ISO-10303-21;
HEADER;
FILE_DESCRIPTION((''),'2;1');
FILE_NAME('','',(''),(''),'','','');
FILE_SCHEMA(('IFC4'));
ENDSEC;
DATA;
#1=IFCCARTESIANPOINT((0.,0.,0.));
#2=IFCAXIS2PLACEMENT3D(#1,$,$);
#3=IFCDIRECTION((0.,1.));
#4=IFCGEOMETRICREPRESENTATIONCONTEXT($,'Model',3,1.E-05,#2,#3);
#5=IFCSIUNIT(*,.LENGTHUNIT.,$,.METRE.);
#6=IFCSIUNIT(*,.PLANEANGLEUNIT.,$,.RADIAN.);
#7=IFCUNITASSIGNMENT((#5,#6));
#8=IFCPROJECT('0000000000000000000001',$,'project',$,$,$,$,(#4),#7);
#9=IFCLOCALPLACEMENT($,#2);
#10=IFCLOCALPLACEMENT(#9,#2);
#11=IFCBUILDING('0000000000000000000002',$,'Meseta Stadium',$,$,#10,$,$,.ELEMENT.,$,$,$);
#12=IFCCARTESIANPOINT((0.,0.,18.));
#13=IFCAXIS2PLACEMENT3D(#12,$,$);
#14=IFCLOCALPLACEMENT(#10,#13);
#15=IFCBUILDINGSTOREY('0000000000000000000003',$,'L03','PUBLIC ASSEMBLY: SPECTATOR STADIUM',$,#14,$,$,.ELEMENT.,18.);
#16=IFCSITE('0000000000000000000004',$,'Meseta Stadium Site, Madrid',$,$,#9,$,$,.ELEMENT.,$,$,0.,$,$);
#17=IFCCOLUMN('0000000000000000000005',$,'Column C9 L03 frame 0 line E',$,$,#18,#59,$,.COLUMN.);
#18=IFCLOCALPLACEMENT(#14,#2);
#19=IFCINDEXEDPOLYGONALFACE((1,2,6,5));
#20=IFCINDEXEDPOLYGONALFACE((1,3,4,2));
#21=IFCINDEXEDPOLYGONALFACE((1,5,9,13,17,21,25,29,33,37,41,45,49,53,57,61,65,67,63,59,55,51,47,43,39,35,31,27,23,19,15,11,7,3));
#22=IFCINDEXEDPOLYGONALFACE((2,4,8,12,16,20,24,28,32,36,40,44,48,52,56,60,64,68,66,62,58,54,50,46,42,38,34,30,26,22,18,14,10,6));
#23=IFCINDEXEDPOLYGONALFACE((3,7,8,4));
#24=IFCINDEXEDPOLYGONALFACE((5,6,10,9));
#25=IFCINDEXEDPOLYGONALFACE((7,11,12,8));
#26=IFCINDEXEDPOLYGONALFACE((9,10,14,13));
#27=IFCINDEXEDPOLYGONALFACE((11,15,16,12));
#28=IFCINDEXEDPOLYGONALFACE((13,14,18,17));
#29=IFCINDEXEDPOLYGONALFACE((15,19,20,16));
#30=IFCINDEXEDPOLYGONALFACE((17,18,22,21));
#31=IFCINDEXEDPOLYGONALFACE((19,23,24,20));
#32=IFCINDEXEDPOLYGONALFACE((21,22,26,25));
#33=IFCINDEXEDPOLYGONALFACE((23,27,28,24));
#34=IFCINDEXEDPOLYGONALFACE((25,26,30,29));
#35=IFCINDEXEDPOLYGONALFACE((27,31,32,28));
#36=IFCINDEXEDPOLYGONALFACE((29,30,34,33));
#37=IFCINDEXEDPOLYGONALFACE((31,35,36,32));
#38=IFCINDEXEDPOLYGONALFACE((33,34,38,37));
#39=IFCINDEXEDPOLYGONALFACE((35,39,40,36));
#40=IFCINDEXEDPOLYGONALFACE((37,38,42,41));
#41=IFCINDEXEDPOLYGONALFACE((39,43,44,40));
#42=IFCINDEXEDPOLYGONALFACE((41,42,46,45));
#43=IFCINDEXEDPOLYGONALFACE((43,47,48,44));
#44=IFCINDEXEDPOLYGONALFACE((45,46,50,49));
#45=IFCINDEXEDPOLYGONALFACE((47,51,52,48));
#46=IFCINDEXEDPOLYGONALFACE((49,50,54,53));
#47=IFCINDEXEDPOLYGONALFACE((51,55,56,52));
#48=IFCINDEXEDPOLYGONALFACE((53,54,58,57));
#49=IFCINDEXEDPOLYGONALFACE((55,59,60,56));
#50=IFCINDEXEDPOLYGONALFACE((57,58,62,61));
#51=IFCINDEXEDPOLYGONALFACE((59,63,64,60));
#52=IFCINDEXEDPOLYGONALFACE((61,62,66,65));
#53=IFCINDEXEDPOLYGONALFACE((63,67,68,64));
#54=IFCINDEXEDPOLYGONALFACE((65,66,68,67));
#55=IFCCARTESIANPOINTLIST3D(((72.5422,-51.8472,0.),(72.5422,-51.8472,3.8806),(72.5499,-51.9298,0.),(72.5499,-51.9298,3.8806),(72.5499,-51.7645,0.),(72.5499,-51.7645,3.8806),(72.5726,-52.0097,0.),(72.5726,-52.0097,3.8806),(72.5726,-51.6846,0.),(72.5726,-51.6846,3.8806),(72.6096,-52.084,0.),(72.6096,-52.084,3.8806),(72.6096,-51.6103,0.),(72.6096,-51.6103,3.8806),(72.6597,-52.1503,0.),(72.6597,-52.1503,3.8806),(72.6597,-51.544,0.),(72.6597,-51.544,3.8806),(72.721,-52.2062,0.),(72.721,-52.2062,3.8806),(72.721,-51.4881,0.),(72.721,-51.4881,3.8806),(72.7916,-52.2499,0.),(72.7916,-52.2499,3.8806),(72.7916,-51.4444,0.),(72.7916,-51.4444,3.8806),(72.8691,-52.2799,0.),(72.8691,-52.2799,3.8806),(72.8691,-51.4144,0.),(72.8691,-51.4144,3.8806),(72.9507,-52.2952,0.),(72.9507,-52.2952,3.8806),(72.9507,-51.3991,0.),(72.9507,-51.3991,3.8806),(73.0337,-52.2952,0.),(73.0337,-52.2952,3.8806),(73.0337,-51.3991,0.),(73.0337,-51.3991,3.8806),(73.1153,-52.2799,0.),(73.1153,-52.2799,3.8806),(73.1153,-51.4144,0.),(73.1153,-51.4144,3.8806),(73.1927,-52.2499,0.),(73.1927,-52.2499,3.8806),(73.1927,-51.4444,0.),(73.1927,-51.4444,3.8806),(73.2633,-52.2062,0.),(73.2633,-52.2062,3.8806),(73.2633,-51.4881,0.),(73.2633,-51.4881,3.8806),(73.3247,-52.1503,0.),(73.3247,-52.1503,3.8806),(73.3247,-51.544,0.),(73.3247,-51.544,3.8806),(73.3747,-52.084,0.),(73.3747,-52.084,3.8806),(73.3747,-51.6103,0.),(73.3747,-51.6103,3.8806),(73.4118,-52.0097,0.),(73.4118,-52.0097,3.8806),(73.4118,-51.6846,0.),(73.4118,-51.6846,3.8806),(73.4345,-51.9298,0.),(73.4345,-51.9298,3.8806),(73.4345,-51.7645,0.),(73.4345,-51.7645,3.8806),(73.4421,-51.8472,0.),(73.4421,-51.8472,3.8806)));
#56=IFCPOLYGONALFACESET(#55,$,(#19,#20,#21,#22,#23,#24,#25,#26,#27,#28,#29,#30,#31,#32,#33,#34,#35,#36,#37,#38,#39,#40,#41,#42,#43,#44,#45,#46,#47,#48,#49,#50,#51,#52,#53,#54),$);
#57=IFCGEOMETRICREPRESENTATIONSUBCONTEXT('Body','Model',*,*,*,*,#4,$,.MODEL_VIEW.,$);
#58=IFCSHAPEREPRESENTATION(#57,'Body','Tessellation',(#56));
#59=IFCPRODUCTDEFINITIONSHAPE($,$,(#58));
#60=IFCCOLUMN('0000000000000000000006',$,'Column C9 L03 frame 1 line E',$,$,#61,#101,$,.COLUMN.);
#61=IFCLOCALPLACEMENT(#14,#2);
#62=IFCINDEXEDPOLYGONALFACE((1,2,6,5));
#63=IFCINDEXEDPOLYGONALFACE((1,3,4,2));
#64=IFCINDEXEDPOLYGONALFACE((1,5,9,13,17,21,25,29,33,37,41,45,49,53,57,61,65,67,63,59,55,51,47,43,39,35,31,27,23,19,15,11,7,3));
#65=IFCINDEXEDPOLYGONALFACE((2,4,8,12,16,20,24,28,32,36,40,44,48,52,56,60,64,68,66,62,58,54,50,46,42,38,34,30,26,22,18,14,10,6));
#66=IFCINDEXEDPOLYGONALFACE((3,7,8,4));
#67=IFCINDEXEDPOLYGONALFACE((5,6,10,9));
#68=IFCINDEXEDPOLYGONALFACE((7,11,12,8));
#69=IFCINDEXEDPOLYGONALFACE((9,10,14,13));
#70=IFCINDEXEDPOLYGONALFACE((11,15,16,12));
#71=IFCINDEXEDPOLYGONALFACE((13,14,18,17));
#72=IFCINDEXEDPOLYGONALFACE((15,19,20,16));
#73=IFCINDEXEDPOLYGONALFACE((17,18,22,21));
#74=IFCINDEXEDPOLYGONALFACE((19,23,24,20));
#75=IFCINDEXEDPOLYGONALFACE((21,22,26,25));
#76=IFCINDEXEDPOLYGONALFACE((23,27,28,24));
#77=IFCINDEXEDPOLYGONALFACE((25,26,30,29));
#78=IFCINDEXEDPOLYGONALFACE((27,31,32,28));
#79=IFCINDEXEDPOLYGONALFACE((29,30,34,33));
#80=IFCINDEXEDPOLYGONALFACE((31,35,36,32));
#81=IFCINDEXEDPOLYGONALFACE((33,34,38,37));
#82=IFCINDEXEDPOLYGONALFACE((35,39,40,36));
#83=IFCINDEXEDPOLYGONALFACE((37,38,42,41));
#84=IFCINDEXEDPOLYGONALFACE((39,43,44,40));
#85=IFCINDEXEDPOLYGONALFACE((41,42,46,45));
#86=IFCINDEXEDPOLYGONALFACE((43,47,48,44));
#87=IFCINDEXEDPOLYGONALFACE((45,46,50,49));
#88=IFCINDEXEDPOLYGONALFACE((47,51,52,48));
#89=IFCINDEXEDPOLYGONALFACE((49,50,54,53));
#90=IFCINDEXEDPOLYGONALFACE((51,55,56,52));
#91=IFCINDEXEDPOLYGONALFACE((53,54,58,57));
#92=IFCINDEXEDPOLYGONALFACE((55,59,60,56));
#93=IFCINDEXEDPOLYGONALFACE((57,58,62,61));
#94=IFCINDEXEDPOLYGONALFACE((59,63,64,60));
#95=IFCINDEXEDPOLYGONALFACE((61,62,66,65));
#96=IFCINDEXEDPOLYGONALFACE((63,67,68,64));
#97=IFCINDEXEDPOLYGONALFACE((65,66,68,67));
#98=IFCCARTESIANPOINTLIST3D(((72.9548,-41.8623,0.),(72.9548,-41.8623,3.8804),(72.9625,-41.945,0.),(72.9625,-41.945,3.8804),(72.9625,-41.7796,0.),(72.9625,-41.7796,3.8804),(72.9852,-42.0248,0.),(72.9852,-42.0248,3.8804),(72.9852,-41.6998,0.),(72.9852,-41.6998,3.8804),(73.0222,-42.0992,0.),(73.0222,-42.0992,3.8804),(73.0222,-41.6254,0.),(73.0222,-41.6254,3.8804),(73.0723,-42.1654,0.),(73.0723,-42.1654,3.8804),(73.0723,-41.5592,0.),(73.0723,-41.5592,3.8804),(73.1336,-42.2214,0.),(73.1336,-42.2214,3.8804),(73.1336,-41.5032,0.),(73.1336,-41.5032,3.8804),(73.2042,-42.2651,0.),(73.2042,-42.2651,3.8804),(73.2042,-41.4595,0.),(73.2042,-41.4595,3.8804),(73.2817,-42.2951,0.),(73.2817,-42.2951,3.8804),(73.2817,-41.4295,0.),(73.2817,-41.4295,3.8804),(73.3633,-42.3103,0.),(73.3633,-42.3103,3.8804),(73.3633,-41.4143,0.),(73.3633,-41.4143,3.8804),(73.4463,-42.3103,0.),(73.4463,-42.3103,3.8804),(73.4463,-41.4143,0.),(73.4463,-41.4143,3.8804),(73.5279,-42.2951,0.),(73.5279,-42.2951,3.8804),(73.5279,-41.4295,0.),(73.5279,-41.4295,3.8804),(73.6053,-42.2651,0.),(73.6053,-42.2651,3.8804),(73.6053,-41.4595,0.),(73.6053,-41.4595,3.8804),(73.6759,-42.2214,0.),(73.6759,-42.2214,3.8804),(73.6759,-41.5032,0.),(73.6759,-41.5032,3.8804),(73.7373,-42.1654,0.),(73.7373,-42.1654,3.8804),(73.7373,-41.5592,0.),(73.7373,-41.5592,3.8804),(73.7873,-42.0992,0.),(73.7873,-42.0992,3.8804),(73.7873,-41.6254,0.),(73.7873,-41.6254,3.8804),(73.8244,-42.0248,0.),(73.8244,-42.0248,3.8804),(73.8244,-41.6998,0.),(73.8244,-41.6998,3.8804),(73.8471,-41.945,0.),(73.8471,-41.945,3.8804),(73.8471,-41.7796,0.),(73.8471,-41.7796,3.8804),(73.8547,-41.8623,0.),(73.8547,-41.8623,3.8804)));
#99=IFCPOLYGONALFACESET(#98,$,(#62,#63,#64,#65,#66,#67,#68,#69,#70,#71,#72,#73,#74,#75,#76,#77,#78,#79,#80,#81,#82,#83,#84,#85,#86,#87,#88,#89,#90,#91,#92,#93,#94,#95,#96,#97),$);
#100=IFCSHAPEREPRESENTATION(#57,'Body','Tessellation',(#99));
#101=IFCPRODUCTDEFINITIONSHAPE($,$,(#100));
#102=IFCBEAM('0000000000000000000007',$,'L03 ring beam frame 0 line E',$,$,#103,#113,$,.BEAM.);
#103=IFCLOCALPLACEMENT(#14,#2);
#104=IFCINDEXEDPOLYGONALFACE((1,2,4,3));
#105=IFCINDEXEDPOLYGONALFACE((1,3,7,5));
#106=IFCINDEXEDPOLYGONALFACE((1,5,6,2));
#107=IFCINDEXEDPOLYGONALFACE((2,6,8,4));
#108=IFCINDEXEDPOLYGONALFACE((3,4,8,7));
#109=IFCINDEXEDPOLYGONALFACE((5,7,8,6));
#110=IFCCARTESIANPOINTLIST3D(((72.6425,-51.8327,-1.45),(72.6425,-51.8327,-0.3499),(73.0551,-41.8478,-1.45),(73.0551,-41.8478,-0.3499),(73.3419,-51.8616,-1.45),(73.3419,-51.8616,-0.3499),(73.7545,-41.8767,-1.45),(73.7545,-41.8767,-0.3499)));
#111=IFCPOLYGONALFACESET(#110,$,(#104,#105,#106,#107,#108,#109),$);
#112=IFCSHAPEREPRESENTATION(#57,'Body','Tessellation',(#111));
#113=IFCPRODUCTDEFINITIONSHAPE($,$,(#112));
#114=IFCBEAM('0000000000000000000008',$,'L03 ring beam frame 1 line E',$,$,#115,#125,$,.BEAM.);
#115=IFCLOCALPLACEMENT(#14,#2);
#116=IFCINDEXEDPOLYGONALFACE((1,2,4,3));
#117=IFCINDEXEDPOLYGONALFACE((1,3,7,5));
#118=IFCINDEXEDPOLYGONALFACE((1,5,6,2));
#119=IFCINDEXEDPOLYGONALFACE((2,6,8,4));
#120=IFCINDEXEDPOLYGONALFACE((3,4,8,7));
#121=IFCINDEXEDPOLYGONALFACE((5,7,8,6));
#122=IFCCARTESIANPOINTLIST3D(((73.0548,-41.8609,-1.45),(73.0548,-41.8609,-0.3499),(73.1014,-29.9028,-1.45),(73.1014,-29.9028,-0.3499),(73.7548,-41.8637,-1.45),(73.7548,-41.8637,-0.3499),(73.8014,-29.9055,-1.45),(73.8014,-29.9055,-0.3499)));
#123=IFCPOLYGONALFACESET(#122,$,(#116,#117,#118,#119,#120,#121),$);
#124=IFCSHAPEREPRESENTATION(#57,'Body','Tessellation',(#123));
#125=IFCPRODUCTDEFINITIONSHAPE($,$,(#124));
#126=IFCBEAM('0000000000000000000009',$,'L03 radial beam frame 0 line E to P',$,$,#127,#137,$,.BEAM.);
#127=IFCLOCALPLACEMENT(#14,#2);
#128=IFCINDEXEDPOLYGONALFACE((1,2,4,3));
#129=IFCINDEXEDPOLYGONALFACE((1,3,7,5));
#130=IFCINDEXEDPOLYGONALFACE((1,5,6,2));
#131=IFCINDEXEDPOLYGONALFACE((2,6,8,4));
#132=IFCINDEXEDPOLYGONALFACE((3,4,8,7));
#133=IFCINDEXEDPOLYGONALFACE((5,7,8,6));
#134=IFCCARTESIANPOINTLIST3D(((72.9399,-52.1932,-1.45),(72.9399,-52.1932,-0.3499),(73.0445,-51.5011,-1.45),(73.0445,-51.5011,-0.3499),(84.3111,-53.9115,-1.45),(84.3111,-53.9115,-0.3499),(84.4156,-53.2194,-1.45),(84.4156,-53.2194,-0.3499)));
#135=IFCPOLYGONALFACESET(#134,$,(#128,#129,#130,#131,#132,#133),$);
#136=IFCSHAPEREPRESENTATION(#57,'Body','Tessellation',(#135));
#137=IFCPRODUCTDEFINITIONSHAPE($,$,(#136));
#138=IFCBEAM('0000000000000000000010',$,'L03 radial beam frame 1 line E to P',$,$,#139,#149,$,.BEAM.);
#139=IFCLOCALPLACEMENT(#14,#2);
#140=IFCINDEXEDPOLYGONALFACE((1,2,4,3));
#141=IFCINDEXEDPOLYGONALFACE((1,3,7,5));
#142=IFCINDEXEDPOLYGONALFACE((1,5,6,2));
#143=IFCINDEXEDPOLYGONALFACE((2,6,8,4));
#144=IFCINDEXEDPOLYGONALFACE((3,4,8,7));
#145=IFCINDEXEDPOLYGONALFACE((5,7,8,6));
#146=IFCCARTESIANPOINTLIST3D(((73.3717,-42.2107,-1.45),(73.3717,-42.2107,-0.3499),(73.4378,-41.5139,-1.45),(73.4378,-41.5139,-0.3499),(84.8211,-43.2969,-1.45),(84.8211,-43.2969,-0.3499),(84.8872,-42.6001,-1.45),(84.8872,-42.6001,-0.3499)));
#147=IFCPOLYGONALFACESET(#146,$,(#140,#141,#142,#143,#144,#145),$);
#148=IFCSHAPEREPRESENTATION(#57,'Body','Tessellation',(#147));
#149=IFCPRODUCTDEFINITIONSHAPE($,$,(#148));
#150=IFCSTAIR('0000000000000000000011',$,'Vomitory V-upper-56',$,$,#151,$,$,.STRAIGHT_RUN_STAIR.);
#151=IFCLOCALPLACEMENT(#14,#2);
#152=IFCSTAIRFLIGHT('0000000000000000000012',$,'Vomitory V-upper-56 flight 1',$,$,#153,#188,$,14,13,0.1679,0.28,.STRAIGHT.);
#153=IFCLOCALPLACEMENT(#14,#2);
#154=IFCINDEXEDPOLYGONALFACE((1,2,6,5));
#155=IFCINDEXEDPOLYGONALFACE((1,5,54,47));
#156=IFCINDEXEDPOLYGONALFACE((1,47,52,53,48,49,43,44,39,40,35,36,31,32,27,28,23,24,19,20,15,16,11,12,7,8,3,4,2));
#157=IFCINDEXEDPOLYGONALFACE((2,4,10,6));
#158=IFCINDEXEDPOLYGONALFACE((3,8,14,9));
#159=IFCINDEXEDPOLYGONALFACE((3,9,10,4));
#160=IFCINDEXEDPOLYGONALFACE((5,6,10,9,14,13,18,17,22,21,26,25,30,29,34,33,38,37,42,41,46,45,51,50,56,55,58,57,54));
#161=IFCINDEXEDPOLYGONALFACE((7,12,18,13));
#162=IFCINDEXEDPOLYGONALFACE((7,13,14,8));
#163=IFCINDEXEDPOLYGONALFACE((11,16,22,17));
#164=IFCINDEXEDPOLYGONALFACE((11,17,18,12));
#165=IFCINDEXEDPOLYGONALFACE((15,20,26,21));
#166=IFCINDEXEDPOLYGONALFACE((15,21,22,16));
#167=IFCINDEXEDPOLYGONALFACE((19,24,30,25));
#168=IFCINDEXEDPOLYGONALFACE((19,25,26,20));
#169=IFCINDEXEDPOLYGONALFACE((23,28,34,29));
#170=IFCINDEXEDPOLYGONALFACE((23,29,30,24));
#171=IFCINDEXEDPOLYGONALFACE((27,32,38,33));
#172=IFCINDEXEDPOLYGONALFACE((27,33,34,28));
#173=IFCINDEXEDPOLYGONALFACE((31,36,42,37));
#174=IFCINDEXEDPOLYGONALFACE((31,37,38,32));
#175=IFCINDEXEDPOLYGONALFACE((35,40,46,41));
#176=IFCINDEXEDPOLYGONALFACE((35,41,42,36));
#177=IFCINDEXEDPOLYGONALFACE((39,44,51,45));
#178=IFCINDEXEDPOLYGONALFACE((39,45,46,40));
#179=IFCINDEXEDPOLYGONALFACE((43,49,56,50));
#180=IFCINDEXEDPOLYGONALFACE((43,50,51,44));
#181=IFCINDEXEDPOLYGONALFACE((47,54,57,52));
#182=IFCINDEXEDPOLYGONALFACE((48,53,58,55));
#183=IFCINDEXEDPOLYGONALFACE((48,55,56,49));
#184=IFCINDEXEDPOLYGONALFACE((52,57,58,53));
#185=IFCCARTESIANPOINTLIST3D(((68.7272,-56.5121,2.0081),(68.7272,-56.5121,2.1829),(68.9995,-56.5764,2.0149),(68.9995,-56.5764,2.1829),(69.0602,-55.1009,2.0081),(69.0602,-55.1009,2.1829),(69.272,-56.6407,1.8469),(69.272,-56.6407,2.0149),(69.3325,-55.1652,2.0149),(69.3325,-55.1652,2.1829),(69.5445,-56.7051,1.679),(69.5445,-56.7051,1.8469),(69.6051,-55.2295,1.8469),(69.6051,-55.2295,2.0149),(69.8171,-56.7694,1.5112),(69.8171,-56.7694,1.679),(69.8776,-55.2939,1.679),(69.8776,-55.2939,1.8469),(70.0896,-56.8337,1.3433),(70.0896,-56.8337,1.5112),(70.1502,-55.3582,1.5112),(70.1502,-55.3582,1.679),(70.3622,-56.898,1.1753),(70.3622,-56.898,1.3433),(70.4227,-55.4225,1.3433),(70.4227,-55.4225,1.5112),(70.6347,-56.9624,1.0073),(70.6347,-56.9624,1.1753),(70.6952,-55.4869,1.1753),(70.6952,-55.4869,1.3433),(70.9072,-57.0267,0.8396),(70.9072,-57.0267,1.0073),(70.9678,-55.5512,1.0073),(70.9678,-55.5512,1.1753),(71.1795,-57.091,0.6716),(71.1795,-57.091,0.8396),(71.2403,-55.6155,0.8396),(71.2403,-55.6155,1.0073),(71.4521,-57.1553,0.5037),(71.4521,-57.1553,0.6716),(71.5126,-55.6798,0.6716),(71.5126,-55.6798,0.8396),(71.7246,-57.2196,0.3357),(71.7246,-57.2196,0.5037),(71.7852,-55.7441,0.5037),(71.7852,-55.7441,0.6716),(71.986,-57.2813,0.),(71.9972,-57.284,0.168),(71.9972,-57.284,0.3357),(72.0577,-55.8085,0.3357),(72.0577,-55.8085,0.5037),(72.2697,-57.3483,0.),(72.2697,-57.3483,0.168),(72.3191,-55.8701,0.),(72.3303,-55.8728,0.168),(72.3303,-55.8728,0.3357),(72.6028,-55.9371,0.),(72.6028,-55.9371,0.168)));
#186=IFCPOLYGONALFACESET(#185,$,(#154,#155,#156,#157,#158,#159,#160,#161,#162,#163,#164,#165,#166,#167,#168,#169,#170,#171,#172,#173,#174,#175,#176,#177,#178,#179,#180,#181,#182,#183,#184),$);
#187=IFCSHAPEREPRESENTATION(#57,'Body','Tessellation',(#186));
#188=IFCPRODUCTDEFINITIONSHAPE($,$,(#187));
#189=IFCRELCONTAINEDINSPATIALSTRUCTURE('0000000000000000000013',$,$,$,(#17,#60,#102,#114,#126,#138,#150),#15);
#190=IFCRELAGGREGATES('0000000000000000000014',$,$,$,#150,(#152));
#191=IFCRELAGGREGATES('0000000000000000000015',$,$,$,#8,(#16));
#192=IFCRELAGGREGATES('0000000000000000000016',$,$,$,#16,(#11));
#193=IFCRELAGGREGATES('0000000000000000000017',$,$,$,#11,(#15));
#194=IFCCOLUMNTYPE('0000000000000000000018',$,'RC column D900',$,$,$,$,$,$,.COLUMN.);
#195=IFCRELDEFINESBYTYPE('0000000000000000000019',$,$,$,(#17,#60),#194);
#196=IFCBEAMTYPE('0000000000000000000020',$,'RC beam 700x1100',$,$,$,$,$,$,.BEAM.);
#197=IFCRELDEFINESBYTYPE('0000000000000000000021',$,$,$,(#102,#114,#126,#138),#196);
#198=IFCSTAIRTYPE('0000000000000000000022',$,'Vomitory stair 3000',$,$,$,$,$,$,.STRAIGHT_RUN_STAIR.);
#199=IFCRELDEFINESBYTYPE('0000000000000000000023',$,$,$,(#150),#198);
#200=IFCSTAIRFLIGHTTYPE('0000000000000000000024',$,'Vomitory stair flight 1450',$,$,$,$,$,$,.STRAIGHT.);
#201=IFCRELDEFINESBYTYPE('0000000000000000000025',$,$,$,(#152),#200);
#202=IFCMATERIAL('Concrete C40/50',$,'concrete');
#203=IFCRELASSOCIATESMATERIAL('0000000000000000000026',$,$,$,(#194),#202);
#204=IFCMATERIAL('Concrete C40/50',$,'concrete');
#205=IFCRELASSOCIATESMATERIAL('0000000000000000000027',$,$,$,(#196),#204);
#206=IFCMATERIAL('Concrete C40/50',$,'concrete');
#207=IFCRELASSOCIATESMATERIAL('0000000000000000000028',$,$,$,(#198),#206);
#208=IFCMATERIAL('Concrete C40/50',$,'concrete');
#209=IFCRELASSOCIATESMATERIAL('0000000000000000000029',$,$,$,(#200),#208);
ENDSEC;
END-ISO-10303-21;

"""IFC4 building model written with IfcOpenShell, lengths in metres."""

from ifc_helpers import new_model, si_unit, direction, frame, origin, origin_2d, place, context, subcontext, project, spatial, polyline, rectangle, circle, outline, extrude, material, material_profile, profile_set, type_object, element, aggregate, save


model = new_model("IFC4")

# Units and contexts
model_context = context("Model", 3, precision=1e-05, world=origin(), true_north=direction((0.0, 1.0)))
body_context = subcontext(model_context, "Body", "Model", "MODEL_VIEW")
ifc_project = project(units=[si_unit("LENGTHUNIT", "METRE"), si_unit("PLANEANGLEUNIT", "RADIAN")], contexts=[model_context])

# Site, building, storey
site_placement = place(None, origin())
site = spatial("IfcSite", under=ifc_project, at=site_placement, Name="Meseta Stadium Site, Madrid", CompositionType="ELEMENT", RefElevation=0.0)
building_placement = place(site_placement, origin())
building = spatial("IfcBuilding", under=site, at=building_placement, Name="Meseta Stadium", CompositionType="ELEMENT")
storey_placement = place(building_placement, frame((0.0, 0.0, 18.0)))
storey = spatial("IfcBuildingStorey", under=building, at=storey_placement, Name="L03", Description="PUBLIC ASSEMBLY: SPECTATOR STADIUM", CompositionType="ELEMENT", Elevation=18.0)

# Columns
ifc_material_1 = material(Name="Concrete C40/50", Category="concrete")
ifc_material_profile_1 = material_profile(ifc_material_1, circle(Radius=0.45, at=origin_2d()), Name="RC D900")
ifc_profile_set_1 = profile_set([ifc_material_profile_1], Name="Concrete C40/50")
column_type = type_object("IfcColumnType", Name="RC column D900", PredefinedType="COLUMN", material=ifc_profile_set_1)
column_1_placement = place(storey_placement, frame((72.9922, -51.8472, 0.0), z_axis=(0.0, 0.0, 1.0), x_axis=(1.0, 0.0, 0.0)))
element("IfcColumn", 1, at=column_1_placement, inside=storey, type_object=column_type, Name="Column C9 L03 frame 0 line E", PredefinedType="COLUMN", context=body_context, shape_type="SweptSolid", body=[
    extrude(circle(Radius=0.45, at=origin_2d()), origin(), (0.0, 0.0, 1.0), 3.8806),
])
column_2_placement = place(storey_placement, frame((73.4048, -41.8623, 0.0), z_axis=(0.0, 0.0, 1.0), x_axis=(1.0, 0.0, 0.0)))
element("IfcColumn", 2, at=column_2_placement, inside=storey, type_object=column_type, Name="Column C9 L03 frame 1 line E", PredefinedType="COLUMN", context=body_context, shape_type="SweptSolid", body=[
    extrude(circle(Radius=0.45, at=origin_2d()), origin(), (0.0, 0.0, 1.0), 3.8804),
])

# Beams
ifc_material_2 = material(Name="Concrete C40/50", Category="concrete")
ifc_material_profile_2 = material_profile(ifc_material_2, rectangle(XDim=0.7, YDim=1.1001, at=origin_2d()), Name="RC 700x1100")
ifc_profile_set_2 = profile_set([ifc_material_profile_2], Name="Concrete C40/50")
beam_type = type_object("IfcBeamType", Name="RC beam 700x1100", PredefinedType="BEAM", material=ifc_profile_set_2)
beam_1_placement = place(storey_placement, frame((72.9922, -51.8472, -0.8999), z_axis=(0.041287, 0.999147, 0.0), x_axis=(-0.999147, 0.041287, 0.0)))
element("IfcBeam", 3, at=beam_1_placement, inside=storey, type_object=beam_type, Name="L03 ring beam frame 0 line E", PredefinedType="BEAM", context=body_context, shape_type="SweptSolid", body=[
    extrude(rectangle(XDim=0.7, YDim=1.1001, at=origin_2d()), origin(), (0.0, 0.0, 1.0), 9.9934),
])
beam_2_placement = place(storey_placement, frame((73.4048, -41.8623, -0.8999), z_axis=(0.003899, 0.999992, 0.0), x_axis=(-0.999992, 0.003899, 0.0)))
element("IfcBeam", 4, at=beam_2_placement, inside=storey, type_object=beam_type, Name="L03 ring beam frame 1 line E", PredefinedType="BEAM", context=body_context, shape_type="SweptSolid", body=[
    extrude(rectangle(XDim=0.7, YDim=1.1001, at=origin_2d()), origin(), (0.0, 0.0, 1.0), 11.9583),
])
beam_3_placement = place(storey_placement, frame((72.9922, -51.8472, -0.8999), z_axis=(0.988775, -0.149412, 0.0), x_axis=(0.149412, 0.988775, 0.0)))
element("IfcBeam", 5, at=beam_3_placement, inside=storey, type_object=beam_type, Name="L03 radial beam frame 0 line E to P", PredefinedType="BEAM", context=body_context, shape_type="SweptSolid", body=[
    extrude(rectangle(XDim=0.7, YDim=1.1001, at=origin_2d()), origin(), (0.0, 0.0, 1.0), 11.5002),
])
beam_4_placement = place(storey_placement, frame((73.4048, -41.8623, -0.8999), z_axis=(0.99553, -0.094445, 0.0), x_axis=(0.094445, 0.99553, 0.0)))
element("IfcBeam", 6, at=beam_4_placement, inside=storey, type_object=beam_type, Name="L03 radial beam frame 1 line E to P", PredefinedType="BEAM", context=body_context, shape_type="SweptSolid", body=[
    extrude(rectangle(XDim=0.7, YDim=1.1001, at=origin_2d()), origin(), (0.0, 0.0, 1.0), 11.5007),
])

# Stair, stair flight
ifc_material_3 = material(Name="Concrete C40/50", Category="concrete")
stair_type = type_object("IfcStairType", Name="Vomitory stair 3000", PredefinedType="STRAIGHT_RUN_STAIR", material=ifc_material_3)
stair_placement = place(storey_placement, origin())
stair = element("IfcStair", 7, at=stair_placement, inside=storey, type_object=stair_type, Name="Vomitory V-upper-56", PredefinedType="STRAIGHT_RUN_STAIR")
ifc_material_4 = material(Name="Concrete C40/50", Category="concrete")
stair_flight_type = type_object("IfcStairFlightType", Name="Vomitory stair flight 1450", PredefinedType="STRAIGHT", material=ifc_material_4)
stair_flight_1_placement = place(storey_placement, frame((72.4363, -56.6426, 0.0), z_axis=(0.0, 0.0, 1.0), x_axis=(-0.973256, 0.229722, 0.0)))
stair_flight_1 = element("IfcStairFlight", 8, at=stair_flight_1_placement, type_object=stair_flight_type, Name="Vomitory V-upper-56 flight 1", NumberOfRisers=14, NumberOfTreads=13, PredefinedType="STRAIGHT", RiserHeight=0.1679, TreadLength=0.28, context=body_context, shape_type="SweptSolid", body=[
    extrude(outline(polyline([(0.0, 0.0), (0.0, 0.168), (0.28, 0.168), (0.28, 0.3357), (0.5601, 0.3357), (0.5601, 0.5037), (0.8401, 0.5037), (0.8401, 0.6716), (1.1201, 0.6716), (1.1201, 0.8396), (1.3999, 0.8396), (1.3999, 1.0073), (1.6799, 1.0073), (1.6799, 1.1753), (1.96, 1.1753), (1.96, 1.3433), (2.24, 1.3433), (2.24, 1.5112), (2.52, 1.5112), (2.52, 1.679), (2.8, 1.679), (2.8, 1.8469), (3.0801, 1.8469), (3.0801, 2.0149), (3.3601, 2.0149), (3.3601, 2.1829), (3.6399, 2.1829), (3.6399, 2.0081), (0.2915, 0.0), (0.0, 0.0)])), frame((0.0, 0.7251, 0.0), z_axis=(0.0, -1.0, 0.0), x_axis=(1.0, 0.0, 0.0)), (0.0, 0.0, 1.0), 1.45),
])
aggregate(stair, [stair_flight_1])

save(model, "model.ifc")
